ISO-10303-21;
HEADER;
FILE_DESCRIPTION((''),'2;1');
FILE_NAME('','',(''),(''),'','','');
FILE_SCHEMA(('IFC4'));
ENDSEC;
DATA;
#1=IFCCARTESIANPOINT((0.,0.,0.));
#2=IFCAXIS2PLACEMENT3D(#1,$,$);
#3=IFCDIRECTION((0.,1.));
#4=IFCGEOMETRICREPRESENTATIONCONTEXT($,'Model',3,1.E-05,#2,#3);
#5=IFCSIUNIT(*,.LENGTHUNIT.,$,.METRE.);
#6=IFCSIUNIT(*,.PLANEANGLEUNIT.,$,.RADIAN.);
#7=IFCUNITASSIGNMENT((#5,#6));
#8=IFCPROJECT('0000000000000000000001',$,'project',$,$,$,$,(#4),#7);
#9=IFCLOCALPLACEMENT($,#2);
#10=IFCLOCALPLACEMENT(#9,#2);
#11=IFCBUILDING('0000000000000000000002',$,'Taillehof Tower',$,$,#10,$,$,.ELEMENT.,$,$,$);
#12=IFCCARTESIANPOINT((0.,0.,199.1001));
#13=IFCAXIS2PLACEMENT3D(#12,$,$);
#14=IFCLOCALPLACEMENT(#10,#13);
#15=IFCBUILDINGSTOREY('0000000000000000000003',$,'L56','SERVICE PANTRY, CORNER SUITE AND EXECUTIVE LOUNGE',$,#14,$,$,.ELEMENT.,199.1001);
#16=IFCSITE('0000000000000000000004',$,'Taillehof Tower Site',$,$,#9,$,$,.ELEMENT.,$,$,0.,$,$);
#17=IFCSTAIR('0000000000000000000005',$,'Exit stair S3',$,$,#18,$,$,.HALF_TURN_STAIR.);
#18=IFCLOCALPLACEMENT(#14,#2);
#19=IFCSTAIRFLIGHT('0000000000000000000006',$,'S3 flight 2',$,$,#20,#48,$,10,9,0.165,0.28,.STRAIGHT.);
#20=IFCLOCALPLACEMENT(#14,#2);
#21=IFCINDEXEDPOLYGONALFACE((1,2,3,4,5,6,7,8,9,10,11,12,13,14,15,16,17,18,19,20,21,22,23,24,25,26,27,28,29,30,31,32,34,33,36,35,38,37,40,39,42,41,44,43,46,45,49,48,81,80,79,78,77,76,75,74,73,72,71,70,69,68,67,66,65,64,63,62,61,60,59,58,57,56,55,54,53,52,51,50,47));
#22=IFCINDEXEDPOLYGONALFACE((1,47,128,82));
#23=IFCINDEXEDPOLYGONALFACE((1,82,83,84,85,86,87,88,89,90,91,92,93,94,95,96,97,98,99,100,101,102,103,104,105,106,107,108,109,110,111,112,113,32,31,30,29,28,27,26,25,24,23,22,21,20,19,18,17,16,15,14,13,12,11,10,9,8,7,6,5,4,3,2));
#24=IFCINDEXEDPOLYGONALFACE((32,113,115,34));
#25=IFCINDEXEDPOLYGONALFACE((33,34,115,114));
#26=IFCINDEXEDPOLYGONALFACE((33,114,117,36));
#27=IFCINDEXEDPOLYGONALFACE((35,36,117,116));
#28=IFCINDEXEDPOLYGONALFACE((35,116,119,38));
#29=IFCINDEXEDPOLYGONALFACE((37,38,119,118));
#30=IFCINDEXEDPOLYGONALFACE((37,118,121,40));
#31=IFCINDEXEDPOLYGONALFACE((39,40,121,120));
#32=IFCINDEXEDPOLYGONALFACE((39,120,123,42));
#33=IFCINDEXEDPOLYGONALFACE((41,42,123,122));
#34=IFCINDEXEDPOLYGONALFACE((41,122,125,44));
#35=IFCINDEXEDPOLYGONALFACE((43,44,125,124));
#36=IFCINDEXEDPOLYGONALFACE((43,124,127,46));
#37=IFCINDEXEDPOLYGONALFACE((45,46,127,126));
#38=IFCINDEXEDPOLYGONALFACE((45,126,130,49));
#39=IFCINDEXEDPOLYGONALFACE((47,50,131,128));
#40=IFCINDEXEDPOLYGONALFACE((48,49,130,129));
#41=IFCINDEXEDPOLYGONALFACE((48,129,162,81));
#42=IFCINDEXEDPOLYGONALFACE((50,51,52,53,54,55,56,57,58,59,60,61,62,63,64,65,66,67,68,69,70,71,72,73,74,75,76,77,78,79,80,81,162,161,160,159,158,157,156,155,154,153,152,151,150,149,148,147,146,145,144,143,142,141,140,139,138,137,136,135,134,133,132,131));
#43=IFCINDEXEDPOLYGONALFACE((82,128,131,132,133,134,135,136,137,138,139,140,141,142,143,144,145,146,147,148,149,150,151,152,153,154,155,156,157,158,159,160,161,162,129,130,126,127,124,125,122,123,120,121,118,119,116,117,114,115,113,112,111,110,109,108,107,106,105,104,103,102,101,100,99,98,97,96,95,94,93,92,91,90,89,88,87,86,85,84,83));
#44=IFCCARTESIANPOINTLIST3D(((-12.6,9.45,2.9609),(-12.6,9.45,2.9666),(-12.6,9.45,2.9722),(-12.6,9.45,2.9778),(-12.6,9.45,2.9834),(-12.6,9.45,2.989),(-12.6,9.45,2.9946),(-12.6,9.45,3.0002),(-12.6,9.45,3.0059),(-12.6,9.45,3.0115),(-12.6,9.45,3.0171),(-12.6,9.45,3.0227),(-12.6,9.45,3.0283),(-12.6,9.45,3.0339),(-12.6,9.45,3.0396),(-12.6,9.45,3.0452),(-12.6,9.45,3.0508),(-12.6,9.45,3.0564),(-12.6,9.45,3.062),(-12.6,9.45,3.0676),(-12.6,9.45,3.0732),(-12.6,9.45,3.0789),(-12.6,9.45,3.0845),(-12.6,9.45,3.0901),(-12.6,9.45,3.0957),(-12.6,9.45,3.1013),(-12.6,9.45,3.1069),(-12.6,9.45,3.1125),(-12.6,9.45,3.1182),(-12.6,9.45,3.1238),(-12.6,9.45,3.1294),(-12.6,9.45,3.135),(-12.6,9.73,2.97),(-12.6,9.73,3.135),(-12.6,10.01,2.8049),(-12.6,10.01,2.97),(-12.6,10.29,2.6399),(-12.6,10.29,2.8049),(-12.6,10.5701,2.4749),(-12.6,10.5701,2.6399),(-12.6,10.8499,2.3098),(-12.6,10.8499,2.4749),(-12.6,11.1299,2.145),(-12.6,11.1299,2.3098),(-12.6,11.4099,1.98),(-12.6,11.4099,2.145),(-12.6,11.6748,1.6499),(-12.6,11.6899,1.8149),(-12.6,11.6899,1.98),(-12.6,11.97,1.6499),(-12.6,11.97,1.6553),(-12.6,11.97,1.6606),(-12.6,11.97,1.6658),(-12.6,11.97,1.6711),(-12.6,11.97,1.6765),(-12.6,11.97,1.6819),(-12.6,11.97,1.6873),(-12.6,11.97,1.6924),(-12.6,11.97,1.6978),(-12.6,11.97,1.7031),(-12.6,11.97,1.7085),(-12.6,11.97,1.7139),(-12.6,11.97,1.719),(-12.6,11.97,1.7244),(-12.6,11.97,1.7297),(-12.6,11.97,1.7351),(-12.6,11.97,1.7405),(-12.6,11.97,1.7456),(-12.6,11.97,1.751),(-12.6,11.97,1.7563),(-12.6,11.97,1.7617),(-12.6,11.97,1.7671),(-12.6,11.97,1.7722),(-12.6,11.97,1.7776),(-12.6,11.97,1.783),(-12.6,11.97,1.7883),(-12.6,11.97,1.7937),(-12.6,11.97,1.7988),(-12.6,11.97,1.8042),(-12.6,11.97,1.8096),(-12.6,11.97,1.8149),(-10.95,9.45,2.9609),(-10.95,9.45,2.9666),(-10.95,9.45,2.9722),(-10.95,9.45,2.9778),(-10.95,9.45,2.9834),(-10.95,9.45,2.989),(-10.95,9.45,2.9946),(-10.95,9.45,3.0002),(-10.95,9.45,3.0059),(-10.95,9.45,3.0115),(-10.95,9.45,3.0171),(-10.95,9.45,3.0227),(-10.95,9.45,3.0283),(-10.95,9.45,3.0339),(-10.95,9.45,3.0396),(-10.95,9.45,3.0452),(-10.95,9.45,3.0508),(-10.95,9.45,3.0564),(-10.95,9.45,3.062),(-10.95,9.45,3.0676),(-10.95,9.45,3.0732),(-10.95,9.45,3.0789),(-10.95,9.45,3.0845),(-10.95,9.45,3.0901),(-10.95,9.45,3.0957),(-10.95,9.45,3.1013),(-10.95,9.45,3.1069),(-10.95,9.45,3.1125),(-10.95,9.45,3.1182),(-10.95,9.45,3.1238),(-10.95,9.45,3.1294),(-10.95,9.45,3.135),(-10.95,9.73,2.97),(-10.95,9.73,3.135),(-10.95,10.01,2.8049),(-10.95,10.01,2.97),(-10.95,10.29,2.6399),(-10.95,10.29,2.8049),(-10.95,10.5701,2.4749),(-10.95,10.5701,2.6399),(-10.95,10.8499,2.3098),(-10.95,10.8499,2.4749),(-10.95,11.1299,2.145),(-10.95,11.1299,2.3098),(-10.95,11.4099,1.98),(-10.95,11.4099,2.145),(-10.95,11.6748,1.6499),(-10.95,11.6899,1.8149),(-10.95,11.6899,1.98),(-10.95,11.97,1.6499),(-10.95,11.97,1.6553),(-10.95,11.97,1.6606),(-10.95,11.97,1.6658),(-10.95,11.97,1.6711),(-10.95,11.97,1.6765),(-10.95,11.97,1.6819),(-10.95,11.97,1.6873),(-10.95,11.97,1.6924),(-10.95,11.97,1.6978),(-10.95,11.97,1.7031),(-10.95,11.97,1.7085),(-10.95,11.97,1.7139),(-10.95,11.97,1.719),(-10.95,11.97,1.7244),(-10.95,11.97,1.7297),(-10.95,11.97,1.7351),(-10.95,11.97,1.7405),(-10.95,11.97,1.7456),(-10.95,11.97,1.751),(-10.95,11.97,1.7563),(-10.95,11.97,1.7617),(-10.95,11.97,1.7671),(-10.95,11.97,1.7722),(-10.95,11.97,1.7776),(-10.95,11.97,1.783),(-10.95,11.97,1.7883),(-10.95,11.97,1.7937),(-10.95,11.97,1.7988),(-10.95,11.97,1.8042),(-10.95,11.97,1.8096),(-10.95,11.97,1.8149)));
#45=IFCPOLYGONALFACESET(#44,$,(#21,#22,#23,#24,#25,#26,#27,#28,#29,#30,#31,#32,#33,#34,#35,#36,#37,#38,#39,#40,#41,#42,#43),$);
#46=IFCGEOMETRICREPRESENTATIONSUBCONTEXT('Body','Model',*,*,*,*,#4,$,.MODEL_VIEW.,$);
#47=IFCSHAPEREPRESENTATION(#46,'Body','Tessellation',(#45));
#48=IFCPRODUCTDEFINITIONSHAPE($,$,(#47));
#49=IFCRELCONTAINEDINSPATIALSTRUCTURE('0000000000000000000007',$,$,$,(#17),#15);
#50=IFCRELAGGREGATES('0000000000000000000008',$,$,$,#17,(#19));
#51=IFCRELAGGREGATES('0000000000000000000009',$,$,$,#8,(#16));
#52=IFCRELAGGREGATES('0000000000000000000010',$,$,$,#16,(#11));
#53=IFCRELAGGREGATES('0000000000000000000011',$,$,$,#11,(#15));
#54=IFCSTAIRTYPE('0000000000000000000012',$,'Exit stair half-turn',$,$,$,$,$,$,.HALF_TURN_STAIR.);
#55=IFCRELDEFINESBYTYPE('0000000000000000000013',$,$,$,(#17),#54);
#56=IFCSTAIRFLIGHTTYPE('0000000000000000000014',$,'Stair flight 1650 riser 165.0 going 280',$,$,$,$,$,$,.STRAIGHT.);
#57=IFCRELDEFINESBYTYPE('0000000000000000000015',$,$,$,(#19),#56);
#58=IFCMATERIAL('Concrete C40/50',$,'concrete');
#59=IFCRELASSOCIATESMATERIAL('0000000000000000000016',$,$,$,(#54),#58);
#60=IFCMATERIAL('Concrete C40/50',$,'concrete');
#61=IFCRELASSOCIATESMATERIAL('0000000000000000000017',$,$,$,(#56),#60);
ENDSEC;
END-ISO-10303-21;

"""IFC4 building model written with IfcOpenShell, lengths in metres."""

from ifc_helpers import new_model, si_unit, direction, frame, origin, place, context, subcontext, project, spatial, polyline, outline, extrude, material, type_object, element, aggregate, save


model = new_model("IFC4")

# Units and contexts
model_context = context("Model", 3, precision=1e-05, world=origin(), true_north=direction((0.0, 1.0)))
body_context = subcontext(model_context, "Body", "Model", "MODEL_VIEW")
ifc_project = project(units=[si_unit("LENGTHUNIT", "METRE"), si_unit("PLANEANGLEUNIT", "RADIAN")], contexts=[model_context])

# Site, building, storey
site_placement = place(None, origin())
site = spatial("IfcSite", under=ifc_project, at=site_placement, Name="Taillehof Tower Site", CompositionType="ELEMENT", RefElevation=0.0)
building_placement = place(site_placement, origin())
building = spatial("IfcBuilding", under=site, at=building_placement, Name="Taillehof Tower", CompositionType="ELEMENT")
storey_placement = place(building_placement, frame((0.0, 0.0, 199.1001)))
storey = spatial("IfcBuildingStorey", under=building, at=storey_placement, Name="L56", Description="SERVICE PANTRY, CORNER SUITE AND EXECUTIVE LOUNGE", CompositionType="ELEMENT", Elevation=199.1001)

# Stair, stair flight
ifc_material_1 = material(Name="Concrete C40/50", Category="concrete")
stair_type = type_object("IfcStairType", Name="Exit stair half-turn", PredefinedType="HALF_TURN_STAIR", material=ifc_material_1)
stair_placement = place(storey_placement, origin())
stair = element("IfcStair", 1, at=stair_placement, inside=storey, type_object=stair_type, Name="Exit stair S3", PredefinedType="HALF_TURN_STAIR")
ifc_material_2 = material(Name="Concrete C40/50", Category="concrete")
stair_flight_type = type_object("IfcStairFlightType", Name="Stair flight 1650 riser 165.0 going 280", PredefinedType="STRAIGHT", material=ifc_material_2)
stair_flight_placement = place(storey_placement, frame((-11.7749, 11.97, 1.6499), z_axis=(0.0, 0.0, 1.0), x_axis=(0.0, -1.0, 0.0)))
stair_flight = element("IfcStairFlight", 2, at=stair_flight_placement, type_object=stair_flight_type, Name="S3 flight 2", NumberOfRisers=10, NumberOfTreads=9, PredefinedType="STRAIGHT", RiserHeight=0.165, TreadLength=0.28, context=body_context, shape_type="SweptSolid", body=[
    extrude(outline(polyline([(0.0, 0.0), (0.0, 0.0054), (0.0, 0.0107), (0.0, 0.0159), (0.0, 0.0212), (0.0, 0.0266), (0.0, 0.032), (0.0, 0.0374), (0.0, 0.0425), (0.0, 0.0479), (0.0, 0.0532), (0.0, 0.0586), (0.0, 0.064), (0.0, 0.0691), (0.0, 0.0745), (0.0, 0.0798), (0.0, 0.0852), (0.0, 0.0906), (0.0, 0.0957), (0.0, 0.1011), (0.0, 0.1064), (0.0, 0.1118), (0.0, 0.1172), (0.0, 0.1223), (0.0, 0.1277), (0.0, 0.1331), (0.0, 0.1384), (0.0, 0.1438), (0.0, 0.1489), (0.0, 0.1543), (0.0, 0.1597), (0.0, 0.165), (0.28, 0.165), (0.28, 0.3301), (0.5601, 0.3301), (0.5601, 0.4951), (0.8401, 0.4951), (0.8401, 0.6599), (1.1201, 0.6599), (1.1201, 0.825), (1.3999, 0.825), (1.3999, 0.99), (1.6799, 0.99), (1.6799, 1.155), (1.96, 1.155), (1.96, 1.3201), (2.24, 1.3201), (2.24, 1.4851), (2.52, 1.4851), (2.52, 1.4795), (2.52, 1.4739), (2.52, 1.4683), (2.52, 1.4626), (2.52, 1.457), (2.52, 1.4514), (2.52, 1.4458), (2.52, 1.4402), (2.52, 1.4346), (2.52, 1.429), (2.52, 1.4233), (2.52, 1.4177), (2.52, 1.4121), (2.52, 1.4065), (2.52, 1.4009), (2.52, 1.3953), (2.52, 1.3896), (2.52, 1.384), (2.52, 1.3784), (2.52, 1.3728), (2.52, 1.3672), (2.52, 1.3616), (2.52, 1.356), (2.52, 1.3503), (2.52, 1.3447), (2.52, 1.3391), (2.52, 1.3335), (2.52, 1.3279), (2.52, 1.3223), (2.52, 1.3167), (2.52, 1.311), (0.2952, 0.0), (0.0, 0.0)])), frame((0.0, 0.825, 0.0), z_axis=(0.0, -1.0, 0.0), x_axis=(1.0, 0.0, 0.0)), (0.0, 0.0, 1.0), 1.65),
])
aggregate(stair, [stair_flight])

save(model, "model.ifc")
